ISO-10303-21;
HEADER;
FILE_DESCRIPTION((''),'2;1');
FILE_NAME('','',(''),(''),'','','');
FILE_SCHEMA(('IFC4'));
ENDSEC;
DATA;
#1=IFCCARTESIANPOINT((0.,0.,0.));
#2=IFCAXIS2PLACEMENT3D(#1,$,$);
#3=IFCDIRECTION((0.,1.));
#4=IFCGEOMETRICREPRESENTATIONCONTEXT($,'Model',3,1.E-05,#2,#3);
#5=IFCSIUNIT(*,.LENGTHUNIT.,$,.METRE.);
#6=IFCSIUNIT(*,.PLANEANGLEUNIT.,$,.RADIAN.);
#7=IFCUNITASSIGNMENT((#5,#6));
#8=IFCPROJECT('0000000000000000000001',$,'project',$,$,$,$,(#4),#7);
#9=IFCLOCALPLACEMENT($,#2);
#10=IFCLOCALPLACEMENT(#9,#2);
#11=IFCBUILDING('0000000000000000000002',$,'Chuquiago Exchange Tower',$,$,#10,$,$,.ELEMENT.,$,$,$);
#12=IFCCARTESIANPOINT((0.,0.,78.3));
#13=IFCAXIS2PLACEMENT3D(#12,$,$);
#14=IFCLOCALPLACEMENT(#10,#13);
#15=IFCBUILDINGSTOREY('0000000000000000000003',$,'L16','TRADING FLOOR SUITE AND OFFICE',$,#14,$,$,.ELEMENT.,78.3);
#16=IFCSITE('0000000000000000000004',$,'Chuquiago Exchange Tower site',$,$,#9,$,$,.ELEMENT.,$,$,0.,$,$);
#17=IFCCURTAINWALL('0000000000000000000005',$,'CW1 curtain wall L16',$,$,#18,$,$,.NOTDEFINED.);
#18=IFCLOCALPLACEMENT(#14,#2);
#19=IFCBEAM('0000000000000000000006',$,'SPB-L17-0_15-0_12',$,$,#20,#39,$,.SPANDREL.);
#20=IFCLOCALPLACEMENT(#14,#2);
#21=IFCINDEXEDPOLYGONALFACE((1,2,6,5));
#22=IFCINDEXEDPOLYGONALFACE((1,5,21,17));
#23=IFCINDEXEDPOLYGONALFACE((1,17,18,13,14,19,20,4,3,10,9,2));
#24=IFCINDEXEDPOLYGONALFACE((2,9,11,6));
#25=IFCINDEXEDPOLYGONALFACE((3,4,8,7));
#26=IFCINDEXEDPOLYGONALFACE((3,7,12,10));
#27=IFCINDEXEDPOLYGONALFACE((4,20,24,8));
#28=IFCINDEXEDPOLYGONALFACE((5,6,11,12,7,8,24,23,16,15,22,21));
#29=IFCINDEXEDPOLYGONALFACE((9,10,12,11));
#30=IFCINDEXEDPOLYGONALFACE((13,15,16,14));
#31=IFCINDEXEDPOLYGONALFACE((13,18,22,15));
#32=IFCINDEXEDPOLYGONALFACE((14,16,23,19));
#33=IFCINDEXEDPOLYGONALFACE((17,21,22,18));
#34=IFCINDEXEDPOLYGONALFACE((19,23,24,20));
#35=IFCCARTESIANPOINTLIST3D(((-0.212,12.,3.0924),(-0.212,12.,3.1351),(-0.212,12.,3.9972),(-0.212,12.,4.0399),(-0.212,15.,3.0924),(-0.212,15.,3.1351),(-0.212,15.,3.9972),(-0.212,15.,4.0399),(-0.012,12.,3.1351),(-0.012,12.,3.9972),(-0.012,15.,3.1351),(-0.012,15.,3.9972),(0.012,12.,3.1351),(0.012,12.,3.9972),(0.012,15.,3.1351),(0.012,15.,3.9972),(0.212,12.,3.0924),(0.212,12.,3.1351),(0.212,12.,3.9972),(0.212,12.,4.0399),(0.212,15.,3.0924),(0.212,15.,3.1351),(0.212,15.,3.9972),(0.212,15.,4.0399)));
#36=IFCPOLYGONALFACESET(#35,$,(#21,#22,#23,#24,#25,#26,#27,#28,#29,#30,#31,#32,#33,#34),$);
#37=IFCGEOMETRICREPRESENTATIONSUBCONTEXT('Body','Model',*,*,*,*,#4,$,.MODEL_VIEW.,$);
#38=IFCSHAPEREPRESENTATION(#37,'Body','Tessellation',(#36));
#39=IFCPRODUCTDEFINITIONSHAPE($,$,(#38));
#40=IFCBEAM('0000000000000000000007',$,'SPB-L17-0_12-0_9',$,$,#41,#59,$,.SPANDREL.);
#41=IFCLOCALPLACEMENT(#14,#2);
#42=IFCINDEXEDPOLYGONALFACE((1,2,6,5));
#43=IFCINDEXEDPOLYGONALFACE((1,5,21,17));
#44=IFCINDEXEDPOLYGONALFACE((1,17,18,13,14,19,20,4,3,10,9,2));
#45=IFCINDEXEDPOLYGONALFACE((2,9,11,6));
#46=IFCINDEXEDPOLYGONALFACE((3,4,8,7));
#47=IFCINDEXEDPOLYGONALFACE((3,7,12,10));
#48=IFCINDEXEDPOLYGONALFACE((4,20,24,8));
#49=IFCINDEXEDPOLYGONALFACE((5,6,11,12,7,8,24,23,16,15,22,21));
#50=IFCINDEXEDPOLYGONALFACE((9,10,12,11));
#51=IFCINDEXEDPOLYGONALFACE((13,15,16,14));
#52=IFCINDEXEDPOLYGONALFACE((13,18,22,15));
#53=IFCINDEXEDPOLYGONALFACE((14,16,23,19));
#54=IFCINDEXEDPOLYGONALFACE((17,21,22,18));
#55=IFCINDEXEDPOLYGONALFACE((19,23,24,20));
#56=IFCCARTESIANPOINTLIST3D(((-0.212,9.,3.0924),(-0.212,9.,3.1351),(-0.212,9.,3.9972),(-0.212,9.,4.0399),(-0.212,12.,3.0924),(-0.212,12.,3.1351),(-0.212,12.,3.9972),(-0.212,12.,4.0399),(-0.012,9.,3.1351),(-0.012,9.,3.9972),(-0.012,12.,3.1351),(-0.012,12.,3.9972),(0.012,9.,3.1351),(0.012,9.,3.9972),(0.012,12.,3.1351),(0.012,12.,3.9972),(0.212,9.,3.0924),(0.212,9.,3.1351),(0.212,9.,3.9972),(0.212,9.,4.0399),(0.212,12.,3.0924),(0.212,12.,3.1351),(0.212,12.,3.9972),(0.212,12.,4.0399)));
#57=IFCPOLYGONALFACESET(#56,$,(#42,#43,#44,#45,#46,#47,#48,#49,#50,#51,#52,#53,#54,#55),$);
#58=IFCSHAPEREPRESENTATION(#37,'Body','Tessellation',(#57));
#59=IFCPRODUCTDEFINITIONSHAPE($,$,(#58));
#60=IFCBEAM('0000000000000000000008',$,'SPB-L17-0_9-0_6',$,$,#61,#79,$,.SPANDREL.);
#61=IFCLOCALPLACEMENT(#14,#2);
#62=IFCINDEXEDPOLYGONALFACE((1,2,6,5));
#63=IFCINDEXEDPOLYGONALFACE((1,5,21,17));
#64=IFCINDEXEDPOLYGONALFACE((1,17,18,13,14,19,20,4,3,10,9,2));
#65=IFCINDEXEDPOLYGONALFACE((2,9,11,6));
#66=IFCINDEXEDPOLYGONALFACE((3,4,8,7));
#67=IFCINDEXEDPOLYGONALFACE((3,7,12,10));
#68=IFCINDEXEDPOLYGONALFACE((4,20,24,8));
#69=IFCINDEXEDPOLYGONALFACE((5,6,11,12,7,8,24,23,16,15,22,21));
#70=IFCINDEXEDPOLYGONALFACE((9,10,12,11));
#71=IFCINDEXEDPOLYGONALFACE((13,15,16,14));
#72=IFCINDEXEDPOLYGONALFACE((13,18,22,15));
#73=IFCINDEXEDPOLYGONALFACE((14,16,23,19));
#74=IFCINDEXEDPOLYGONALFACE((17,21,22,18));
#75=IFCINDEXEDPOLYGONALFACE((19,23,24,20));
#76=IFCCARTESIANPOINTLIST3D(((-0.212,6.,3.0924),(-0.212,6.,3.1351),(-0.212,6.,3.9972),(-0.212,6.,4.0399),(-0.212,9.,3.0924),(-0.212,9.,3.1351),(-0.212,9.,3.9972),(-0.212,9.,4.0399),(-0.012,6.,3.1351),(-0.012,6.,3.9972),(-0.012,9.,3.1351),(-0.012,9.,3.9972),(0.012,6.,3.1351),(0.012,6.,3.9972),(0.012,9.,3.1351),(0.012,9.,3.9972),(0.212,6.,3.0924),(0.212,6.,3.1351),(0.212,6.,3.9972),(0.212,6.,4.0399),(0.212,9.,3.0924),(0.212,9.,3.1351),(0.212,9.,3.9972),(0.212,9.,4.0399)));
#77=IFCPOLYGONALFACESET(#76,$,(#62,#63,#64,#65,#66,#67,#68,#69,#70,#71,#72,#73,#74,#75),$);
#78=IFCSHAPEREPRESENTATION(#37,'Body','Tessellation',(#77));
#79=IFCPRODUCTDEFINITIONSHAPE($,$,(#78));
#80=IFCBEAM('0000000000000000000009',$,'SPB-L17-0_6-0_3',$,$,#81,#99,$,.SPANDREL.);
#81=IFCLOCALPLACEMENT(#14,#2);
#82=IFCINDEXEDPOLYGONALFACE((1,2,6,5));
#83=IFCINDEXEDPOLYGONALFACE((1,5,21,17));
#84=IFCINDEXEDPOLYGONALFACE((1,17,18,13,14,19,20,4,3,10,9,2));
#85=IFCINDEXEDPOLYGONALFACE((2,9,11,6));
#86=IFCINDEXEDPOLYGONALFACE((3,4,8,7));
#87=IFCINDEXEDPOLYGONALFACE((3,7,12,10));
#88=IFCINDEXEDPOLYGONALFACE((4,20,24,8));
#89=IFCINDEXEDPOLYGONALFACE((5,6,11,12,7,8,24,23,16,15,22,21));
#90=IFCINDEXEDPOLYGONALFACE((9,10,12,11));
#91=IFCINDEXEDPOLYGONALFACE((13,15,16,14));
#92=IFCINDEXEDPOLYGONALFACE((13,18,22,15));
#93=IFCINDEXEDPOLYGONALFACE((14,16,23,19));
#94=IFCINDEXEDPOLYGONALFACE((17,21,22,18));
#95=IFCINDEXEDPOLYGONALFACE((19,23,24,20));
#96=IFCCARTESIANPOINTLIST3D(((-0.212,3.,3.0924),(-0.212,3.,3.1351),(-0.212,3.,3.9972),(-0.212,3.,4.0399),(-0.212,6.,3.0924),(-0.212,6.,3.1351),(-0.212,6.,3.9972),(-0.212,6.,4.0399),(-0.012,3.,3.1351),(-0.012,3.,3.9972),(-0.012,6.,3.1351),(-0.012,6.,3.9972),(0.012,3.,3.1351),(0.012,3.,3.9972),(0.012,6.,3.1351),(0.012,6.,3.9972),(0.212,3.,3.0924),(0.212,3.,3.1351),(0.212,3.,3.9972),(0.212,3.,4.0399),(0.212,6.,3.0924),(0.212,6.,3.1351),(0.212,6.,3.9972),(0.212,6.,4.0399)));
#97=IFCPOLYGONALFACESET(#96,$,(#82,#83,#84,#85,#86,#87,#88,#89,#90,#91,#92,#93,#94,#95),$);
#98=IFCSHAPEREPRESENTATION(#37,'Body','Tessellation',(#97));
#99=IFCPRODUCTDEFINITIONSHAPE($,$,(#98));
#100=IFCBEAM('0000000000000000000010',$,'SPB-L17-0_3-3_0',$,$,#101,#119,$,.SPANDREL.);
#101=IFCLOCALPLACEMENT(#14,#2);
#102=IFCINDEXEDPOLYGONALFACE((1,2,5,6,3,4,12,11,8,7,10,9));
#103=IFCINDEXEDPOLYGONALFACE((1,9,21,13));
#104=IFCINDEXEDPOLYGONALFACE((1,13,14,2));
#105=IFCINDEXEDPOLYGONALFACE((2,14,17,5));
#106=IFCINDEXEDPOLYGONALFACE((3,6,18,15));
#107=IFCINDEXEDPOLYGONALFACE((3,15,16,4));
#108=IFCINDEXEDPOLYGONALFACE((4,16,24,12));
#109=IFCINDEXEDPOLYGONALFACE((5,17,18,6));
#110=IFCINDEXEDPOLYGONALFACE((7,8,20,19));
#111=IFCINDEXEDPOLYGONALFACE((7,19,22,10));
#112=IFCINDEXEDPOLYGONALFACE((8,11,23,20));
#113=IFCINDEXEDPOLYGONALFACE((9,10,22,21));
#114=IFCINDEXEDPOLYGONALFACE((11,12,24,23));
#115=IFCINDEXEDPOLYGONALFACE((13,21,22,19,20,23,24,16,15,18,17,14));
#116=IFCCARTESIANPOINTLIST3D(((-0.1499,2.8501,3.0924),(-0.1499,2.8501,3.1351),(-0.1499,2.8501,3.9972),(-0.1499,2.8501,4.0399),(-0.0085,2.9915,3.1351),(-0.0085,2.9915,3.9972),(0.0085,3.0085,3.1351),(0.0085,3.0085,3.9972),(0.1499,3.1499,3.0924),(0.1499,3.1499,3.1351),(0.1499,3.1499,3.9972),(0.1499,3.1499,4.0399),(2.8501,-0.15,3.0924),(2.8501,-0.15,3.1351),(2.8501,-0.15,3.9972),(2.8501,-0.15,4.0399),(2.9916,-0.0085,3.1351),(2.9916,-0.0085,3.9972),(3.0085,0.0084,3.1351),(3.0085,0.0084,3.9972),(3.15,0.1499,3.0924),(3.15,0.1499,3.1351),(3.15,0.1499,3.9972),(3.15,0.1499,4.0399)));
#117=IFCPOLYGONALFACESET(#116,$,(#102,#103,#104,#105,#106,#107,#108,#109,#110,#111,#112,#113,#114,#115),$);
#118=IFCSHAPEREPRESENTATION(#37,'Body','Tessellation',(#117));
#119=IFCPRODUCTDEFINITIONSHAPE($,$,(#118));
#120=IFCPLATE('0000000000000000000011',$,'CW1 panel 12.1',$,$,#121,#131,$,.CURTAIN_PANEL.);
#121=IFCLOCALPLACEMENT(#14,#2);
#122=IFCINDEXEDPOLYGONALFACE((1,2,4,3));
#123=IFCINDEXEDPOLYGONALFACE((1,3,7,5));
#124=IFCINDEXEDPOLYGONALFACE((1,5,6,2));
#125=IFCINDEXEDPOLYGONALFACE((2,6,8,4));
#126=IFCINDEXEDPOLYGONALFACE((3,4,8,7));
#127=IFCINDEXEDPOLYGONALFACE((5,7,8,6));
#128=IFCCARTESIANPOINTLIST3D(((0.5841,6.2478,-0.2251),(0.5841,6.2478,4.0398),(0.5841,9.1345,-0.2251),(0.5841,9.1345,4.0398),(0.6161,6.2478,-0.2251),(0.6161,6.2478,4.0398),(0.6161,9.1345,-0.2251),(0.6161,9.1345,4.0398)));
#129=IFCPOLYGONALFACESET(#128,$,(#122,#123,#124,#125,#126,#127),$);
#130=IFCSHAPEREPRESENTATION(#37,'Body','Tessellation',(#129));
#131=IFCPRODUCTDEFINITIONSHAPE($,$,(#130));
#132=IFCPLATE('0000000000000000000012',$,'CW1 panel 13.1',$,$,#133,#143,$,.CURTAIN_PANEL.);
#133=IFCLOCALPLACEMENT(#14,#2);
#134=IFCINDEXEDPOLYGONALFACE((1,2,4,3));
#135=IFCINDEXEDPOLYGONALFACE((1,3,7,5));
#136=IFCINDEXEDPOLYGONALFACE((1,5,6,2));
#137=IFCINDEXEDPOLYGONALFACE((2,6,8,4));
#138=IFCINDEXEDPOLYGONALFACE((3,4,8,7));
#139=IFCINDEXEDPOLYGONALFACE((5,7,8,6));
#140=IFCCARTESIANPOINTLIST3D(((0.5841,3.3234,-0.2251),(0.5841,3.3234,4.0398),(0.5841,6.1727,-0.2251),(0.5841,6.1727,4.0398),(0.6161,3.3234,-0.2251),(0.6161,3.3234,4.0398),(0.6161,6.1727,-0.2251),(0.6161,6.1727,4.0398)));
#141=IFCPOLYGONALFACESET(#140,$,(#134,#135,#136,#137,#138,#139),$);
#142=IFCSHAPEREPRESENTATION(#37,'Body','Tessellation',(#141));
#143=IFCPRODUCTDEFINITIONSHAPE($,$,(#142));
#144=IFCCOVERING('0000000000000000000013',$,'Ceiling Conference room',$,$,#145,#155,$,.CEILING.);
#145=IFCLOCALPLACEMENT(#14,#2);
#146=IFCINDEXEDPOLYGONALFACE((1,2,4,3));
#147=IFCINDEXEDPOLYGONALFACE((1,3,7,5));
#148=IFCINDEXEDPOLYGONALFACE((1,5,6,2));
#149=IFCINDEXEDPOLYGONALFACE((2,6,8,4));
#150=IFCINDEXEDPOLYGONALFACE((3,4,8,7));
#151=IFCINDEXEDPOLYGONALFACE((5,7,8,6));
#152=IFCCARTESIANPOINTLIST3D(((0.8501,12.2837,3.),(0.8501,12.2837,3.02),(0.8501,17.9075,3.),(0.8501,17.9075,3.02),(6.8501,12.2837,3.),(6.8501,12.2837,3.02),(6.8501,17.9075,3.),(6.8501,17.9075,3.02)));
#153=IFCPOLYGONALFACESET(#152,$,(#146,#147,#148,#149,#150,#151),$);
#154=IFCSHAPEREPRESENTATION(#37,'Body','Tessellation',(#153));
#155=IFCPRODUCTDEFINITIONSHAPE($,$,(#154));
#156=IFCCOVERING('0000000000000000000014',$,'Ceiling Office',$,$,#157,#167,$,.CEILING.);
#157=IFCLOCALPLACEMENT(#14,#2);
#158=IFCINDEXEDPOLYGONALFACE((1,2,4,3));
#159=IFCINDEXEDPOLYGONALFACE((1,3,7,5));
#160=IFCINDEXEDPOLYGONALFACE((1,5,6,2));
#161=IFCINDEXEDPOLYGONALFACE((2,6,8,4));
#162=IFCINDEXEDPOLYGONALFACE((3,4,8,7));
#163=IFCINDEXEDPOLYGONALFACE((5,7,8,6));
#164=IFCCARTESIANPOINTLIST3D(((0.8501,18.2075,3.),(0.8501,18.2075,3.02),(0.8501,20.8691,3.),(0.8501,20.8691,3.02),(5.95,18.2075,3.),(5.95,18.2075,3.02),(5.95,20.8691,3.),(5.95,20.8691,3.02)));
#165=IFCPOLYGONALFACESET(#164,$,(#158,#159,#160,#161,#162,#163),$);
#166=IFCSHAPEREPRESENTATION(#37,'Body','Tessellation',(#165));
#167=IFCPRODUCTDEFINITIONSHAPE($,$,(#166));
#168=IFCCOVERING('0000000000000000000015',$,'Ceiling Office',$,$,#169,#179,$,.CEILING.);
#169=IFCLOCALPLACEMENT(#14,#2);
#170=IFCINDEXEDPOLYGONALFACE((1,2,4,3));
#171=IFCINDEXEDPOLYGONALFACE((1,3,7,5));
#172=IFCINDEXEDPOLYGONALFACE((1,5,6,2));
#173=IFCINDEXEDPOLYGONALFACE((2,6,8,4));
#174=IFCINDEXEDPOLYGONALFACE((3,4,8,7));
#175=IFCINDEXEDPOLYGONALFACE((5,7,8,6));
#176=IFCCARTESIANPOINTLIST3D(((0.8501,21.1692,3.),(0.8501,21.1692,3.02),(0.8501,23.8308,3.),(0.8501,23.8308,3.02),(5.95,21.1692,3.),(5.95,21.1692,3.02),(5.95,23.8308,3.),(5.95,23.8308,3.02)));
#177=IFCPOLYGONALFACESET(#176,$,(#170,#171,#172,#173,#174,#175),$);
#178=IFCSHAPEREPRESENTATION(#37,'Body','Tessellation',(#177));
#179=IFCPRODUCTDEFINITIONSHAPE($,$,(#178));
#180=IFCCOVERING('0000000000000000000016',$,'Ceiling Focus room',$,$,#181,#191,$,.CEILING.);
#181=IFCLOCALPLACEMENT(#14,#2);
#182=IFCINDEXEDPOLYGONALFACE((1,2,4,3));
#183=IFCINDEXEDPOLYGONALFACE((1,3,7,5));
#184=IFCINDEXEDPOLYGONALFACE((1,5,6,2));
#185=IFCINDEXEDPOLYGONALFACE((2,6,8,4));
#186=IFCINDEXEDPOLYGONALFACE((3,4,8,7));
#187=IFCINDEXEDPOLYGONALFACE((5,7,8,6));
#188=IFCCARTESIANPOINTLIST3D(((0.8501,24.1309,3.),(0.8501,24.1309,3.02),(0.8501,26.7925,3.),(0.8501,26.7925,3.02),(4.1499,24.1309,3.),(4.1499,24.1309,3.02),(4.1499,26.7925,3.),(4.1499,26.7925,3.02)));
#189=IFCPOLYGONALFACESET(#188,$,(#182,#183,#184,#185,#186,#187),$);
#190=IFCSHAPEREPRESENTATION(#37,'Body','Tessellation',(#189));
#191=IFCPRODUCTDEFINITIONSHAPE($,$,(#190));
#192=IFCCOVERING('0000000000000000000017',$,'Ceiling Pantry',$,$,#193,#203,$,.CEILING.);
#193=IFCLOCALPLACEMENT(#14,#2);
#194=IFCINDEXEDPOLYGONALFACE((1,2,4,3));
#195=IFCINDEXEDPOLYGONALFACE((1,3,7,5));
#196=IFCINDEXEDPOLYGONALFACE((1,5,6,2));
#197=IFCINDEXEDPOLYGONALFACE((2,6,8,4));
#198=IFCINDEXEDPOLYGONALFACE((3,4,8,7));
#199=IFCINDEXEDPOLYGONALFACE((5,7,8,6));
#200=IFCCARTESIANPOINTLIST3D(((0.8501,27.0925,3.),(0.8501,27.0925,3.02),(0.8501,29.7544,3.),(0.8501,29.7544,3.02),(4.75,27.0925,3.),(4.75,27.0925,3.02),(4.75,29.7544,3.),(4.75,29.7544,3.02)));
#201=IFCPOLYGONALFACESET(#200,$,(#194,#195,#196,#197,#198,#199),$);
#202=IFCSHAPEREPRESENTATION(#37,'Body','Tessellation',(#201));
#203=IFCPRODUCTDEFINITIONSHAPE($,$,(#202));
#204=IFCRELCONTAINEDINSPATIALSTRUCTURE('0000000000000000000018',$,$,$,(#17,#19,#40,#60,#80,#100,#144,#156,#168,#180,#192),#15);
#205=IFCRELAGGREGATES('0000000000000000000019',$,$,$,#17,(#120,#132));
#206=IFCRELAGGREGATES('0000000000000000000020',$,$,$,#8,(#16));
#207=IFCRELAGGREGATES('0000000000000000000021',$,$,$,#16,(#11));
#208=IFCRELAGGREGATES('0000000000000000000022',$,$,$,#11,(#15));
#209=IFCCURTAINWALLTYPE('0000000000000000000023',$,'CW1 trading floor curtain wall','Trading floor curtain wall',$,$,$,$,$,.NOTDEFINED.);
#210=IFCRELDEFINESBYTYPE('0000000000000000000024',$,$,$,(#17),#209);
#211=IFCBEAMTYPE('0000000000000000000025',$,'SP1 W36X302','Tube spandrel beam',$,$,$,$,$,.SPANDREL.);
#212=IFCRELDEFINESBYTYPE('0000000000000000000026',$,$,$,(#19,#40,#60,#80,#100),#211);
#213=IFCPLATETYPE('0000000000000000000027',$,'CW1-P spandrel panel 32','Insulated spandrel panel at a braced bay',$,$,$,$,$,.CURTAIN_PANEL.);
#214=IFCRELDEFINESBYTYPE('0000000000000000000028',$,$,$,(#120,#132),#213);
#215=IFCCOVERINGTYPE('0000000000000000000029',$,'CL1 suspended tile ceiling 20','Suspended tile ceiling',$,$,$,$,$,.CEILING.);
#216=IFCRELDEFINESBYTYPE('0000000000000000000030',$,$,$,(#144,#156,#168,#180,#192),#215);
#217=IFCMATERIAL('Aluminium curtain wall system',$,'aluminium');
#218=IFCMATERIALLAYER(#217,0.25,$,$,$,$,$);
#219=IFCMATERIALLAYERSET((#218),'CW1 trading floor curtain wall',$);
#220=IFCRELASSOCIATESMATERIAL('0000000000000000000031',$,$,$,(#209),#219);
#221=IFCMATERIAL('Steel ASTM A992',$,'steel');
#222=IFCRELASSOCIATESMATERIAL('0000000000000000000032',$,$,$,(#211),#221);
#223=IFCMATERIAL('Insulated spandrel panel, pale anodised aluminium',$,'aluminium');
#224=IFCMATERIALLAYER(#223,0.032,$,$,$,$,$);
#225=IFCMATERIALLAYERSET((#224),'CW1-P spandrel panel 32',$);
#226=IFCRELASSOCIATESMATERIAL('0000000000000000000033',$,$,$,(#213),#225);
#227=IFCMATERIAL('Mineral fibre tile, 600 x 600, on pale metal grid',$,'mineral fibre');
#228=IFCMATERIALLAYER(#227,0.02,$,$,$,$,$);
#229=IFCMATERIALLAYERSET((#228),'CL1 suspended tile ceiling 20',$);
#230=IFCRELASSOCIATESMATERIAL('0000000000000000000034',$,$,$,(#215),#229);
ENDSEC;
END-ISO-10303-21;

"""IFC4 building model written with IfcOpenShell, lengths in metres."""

from ifc_helpers import new_model, si_unit, direction, frame, origin, origin_2d, place, context, subcontext, project, spatial, polyline, rectangle, i_section, outline, extrude, material, layer, layer_set, material_profile, profile_set, type_object, element, aggregate, save


model = new_model("IFC4")

# Units and contexts
model_context = context("Model", 3, precision=1e-05, world=origin(), true_north=direction((0.0, 1.0)))
body_context = subcontext(model_context, "Body", "Model", "MODEL_VIEW")
ifc_project = project(units=[si_unit("LENGTHUNIT", "METRE"), si_unit("PLANEANGLEUNIT", "RADIAN")], contexts=[model_context])

# Site, building, storey
site_placement = place(None, origin())
site = spatial("IfcSite", under=ifc_project, at=site_placement, Name="Chuquiago Exchange Tower site", CompositionType="ELEMENT", RefElevation=0.0)
building_placement = place(site_placement, origin())
building = spatial("IfcBuilding", under=site, at=building_placement, Name="Chuquiago Exchange Tower", CompositionType="ELEMENT")
storey_placement = place(building_placement, frame((0.0, 0.0, 78.3)))
storey = spatial("IfcBuildingStorey", under=building, at=storey_placement, Name="L16", Description="TRADING FLOOR SUITE AND OFFICE", CompositionType="ELEMENT", Elevation=78.3)

# Curtain wall
ifc_material_1 = material(Name="Aluminium curtain wall system", Category="aluminium")
ifc_layer_1 = layer(ifc_material_1, 0.25)
ifc_layer_set_1 = layer_set([ifc_layer_1], Name="CW1 trading floor curtain wall")
curtain_wall_type = type_object("IfcCurtainWallType", Name="CW1 trading floor curtain wall", Description="Trading floor curtain wall", PredefinedType="NOTDEFINED", material=ifc_layer_set_1)
curtain_wall_placement = place(storey_placement, origin())
curtain_wall = element("IfcCurtainWall", 1, at=curtain_wall_placement, inside=storey, type_object=curtain_wall_type, Name="CW1 curtain wall L16", PredefinedType="NOTDEFINED")

# Beams
ifc_material_2 = material(Name="Steel ASTM A992", Category="steel")
ifc_material_profile_1 = material_profile(ifc_material_2, i_section(OverallWidth=0.4241, OverallDepth=0.9475, WebThickness=0.0239, FlangeThickness=0.0427, at=origin_2d()), Name="W36X302")
ifc_profile_set_1 = profile_set([ifc_material_profile_1], Name="Steel ASTM A992")
beam_type = type_object("IfcBeamType", Name="SP1 W36X302", Description="Tube spandrel beam", PredefinedType="SPANDREL", material=ifc_profile_set_1)
for number, where, z_axis, x_axis, name in (
    (2, (0.0, 15.0, 3.5662), (0.0, -1.0, 0.0), (1.0, 0.0, 0.0), "SPB-L17-0_15-0_12"),
    (3, (0.0, 12.0, 3.5662), (0.0, -1.0, 0.0), (1.0, 0.0, 0.0), "SPB-L17-0_12-0_9"),
    (4, (0.0, 9.0, 3.5662), (0.0, -1.0, 0.0), (1.0, 0.0, 0.0), "SPB-L17-0_9-0_6"),
    (5, (0.0, 6.0, 3.5662), (0.0, -1.0, 0.0), (1.0, 0.0, 0.0), "SPB-L17-0_6-0_3"),
):
    element("IfcBeam", number, at=place(storey_placement, frame(where, z_axis=z_axis, x_axis=x_axis)), inside=storey, type_object=beam_type, Name=name, PredefinedType="SPANDREL", context=body_context, shape_type="SweptSolid", body=[
        extrude(i_section(OverallWidth=0.4241, OverallDepth=0.9475, WebThickness=0.0239, FlangeThickness=0.0427, at=origin_2d()), origin(), (0.0, 0.0, 1.0), 3.0),
    ])
beam_placement = place(storey_placement, frame((0.0, 3.0, 3.5662), z_axis=(0.707107, -0.707107, 0.0), x_axis=(0.707107, 0.707107, 0.0)))
element("IfcBeam", 6, at=beam_placement, inside=storey, type_object=beam_type, Name="SPB-L17-0_3-3_0", PredefinedType="SPANDREL", context=body_context, shape_type="SweptSolid", body=[
    extrude(i_section(OverallWidth=0.4241, OverallDepth=0.9475, WebThickness=0.0239, FlangeThickness=0.0427, at=origin_2d()), origin(), (0.0, 0.0, 1.0), 4.2427),
])

# Plates
ifc_material_3 = material(Name="Insulated spandrel panel, pale anodised aluminium", Category="aluminium")
ifc_layer_2 = layer(ifc_material_3, 0.032)
ifc_layer_set_2 = layer_set([ifc_layer_2], Name="CW1-P spandrel panel 32")
plate_type = type_object("IfcPlateType", Name="CW1-P spandrel panel 32", Description="Insulated spandrel panel at a braced bay", PredefinedType="CURTAIN_PANEL", material=ifc_layer_set_2)
plate_1_placement = place(storey_placement, frame((0.6001, 7.6912, -0.2251), z_axis=(0.0, 0.0, 1.0), x_axis=(0.0, -1.0, 0.0)))
plate_1 = element("IfcPlate", 7, at=plate_1_placement, type_object=plate_type, Name="CW1 panel 12.1", PredefinedType="CURTAIN_PANEL", context=body_context, shape_type="SweptSolid", body=[
    extrude(rectangle(XDim=2.8867, YDim=0.032, at=origin_2d()), origin(), (0.0, 0.0, 1.0), 4.2649),
])
plate_2_placement = place(storey_placement, frame((0.6001, 4.748, -0.2251), z_axis=(0.0, 0.0, 1.0), x_axis=(0.0, -1.0, 0.0)))
plate_2 = element("IfcPlate", 8, at=plate_2_placement, type_object=plate_type, Name="CW1 panel 13.1", PredefinedType="CURTAIN_PANEL", context=body_context, shape_type="SweptSolid", body=[
    extrude(rectangle(XDim=2.8494, YDim=0.032, at=origin_2d()), origin(), (0.0, 0.0, 1.0), 4.2649),
])
aggregate(curtain_wall, [plate_1, plate_2])

# Coverings
ifc_material_4 = material(Name="Mineral fibre tile, 600 x 600, on pale metal grid", Category="mineral fibre")
ifc_layer_3 = layer(ifc_material_4, 0.02)
ifc_layer_set_3 = layer_set([ifc_layer_3], Name="CL1 suspended tile ceiling 20")
covering_type_1 = type_object("IfcCoveringType", Name="CL1 suspended tile ceiling 20", Description="Suspended tile ceiling", PredefinedType="CEILING", material=ifc_layer_set_3)
covering_1_placement = place(storey_placement, frame((0.0, 0.0, 3.0)))
element("IfcCovering", 9, at=covering_1_placement, inside=storey, type_object=covering_type_1, Name="Ceiling Conference room", PredefinedType="CEILING", context=body_context, shape_type="SweptSolid", body=[
    extrude(outline(polyline([(6.8501, 17.9075), (6.8501, 12.2837), (0.8501, 12.2837), (0.8501, 17.9075), (6.8501, 17.9075)])), origin(), (0.0, 0.0, 1.0), 0.02),
])
covering_2_placement = place(storey_placement, frame((0.0, 0.0, 3.0)))
element("IfcCovering", 10, at=covering_2_placement, inside=storey, type_object=covering_type_1, Name="Ceiling Office", PredefinedType="CEILING", context=body_context, shape_type="SweptSolid", body=[
    extrude(outline(polyline([(5.95, 20.8691), (5.95, 18.2075), (0.8501, 18.2075), (0.8501, 20.8691), (5.95, 20.8691)])), origin(), (0.0, 0.0, 1.0), 0.02),
])
covering_3_placement = place(storey_placement, frame((0.0, 0.0, 3.0)))
element("IfcCovering", 11, at=covering_3_placement, inside=storey, type_object=covering_type_1, Name="Ceiling Office", PredefinedType="CEILING", context=body_context, shape_type="SweptSolid", body=[
    extrude(outline(polyline([(5.95, 23.8308), (5.95, 21.1692), (0.8501, 21.1692), (0.8501, 23.8308), (5.95, 23.8308)])), origin(), (0.0, 0.0, 1.0), 0.02),
])
covering_4_placement = place(storey_placement, frame((0.0, 0.0, 3.0)))
element("IfcCovering", 12, at=covering_4_placement, inside=storey, type_object=covering_type_1, Name="Ceiling Focus room", PredefinedType="CEILING", context=body_context, shape_type="SweptSolid", body=[
    extrude(outline(polyline([(4.1499, 26.7925), (4.1499, 24.1309), (0.8501, 24.1309), (0.8501, 26.7925), (4.1499, 26.7925)])), origin(), (0.0, 0.0, 1.0), 0.02),
])
covering_5_placement = place(storey_placement, frame((0.0, 0.0, 3.0)))
element("IfcCovering", 13, at=covering_5_placement, inside=storey, type_object=covering_type_1, Name="Ceiling Pantry", PredefinedType="CEILING", context=body_context, shape_type="SweptSolid", body=[
    extrude(outline(polyline([(4.75, 29.7544), (4.75, 27.0925), (0.8501, 27.0925), (0.8501, 29.7544), (4.75, 29.7544)])), origin(), (0.0, 0.0, 1.0), 0.02),
])

save(model, "model.ifc")
